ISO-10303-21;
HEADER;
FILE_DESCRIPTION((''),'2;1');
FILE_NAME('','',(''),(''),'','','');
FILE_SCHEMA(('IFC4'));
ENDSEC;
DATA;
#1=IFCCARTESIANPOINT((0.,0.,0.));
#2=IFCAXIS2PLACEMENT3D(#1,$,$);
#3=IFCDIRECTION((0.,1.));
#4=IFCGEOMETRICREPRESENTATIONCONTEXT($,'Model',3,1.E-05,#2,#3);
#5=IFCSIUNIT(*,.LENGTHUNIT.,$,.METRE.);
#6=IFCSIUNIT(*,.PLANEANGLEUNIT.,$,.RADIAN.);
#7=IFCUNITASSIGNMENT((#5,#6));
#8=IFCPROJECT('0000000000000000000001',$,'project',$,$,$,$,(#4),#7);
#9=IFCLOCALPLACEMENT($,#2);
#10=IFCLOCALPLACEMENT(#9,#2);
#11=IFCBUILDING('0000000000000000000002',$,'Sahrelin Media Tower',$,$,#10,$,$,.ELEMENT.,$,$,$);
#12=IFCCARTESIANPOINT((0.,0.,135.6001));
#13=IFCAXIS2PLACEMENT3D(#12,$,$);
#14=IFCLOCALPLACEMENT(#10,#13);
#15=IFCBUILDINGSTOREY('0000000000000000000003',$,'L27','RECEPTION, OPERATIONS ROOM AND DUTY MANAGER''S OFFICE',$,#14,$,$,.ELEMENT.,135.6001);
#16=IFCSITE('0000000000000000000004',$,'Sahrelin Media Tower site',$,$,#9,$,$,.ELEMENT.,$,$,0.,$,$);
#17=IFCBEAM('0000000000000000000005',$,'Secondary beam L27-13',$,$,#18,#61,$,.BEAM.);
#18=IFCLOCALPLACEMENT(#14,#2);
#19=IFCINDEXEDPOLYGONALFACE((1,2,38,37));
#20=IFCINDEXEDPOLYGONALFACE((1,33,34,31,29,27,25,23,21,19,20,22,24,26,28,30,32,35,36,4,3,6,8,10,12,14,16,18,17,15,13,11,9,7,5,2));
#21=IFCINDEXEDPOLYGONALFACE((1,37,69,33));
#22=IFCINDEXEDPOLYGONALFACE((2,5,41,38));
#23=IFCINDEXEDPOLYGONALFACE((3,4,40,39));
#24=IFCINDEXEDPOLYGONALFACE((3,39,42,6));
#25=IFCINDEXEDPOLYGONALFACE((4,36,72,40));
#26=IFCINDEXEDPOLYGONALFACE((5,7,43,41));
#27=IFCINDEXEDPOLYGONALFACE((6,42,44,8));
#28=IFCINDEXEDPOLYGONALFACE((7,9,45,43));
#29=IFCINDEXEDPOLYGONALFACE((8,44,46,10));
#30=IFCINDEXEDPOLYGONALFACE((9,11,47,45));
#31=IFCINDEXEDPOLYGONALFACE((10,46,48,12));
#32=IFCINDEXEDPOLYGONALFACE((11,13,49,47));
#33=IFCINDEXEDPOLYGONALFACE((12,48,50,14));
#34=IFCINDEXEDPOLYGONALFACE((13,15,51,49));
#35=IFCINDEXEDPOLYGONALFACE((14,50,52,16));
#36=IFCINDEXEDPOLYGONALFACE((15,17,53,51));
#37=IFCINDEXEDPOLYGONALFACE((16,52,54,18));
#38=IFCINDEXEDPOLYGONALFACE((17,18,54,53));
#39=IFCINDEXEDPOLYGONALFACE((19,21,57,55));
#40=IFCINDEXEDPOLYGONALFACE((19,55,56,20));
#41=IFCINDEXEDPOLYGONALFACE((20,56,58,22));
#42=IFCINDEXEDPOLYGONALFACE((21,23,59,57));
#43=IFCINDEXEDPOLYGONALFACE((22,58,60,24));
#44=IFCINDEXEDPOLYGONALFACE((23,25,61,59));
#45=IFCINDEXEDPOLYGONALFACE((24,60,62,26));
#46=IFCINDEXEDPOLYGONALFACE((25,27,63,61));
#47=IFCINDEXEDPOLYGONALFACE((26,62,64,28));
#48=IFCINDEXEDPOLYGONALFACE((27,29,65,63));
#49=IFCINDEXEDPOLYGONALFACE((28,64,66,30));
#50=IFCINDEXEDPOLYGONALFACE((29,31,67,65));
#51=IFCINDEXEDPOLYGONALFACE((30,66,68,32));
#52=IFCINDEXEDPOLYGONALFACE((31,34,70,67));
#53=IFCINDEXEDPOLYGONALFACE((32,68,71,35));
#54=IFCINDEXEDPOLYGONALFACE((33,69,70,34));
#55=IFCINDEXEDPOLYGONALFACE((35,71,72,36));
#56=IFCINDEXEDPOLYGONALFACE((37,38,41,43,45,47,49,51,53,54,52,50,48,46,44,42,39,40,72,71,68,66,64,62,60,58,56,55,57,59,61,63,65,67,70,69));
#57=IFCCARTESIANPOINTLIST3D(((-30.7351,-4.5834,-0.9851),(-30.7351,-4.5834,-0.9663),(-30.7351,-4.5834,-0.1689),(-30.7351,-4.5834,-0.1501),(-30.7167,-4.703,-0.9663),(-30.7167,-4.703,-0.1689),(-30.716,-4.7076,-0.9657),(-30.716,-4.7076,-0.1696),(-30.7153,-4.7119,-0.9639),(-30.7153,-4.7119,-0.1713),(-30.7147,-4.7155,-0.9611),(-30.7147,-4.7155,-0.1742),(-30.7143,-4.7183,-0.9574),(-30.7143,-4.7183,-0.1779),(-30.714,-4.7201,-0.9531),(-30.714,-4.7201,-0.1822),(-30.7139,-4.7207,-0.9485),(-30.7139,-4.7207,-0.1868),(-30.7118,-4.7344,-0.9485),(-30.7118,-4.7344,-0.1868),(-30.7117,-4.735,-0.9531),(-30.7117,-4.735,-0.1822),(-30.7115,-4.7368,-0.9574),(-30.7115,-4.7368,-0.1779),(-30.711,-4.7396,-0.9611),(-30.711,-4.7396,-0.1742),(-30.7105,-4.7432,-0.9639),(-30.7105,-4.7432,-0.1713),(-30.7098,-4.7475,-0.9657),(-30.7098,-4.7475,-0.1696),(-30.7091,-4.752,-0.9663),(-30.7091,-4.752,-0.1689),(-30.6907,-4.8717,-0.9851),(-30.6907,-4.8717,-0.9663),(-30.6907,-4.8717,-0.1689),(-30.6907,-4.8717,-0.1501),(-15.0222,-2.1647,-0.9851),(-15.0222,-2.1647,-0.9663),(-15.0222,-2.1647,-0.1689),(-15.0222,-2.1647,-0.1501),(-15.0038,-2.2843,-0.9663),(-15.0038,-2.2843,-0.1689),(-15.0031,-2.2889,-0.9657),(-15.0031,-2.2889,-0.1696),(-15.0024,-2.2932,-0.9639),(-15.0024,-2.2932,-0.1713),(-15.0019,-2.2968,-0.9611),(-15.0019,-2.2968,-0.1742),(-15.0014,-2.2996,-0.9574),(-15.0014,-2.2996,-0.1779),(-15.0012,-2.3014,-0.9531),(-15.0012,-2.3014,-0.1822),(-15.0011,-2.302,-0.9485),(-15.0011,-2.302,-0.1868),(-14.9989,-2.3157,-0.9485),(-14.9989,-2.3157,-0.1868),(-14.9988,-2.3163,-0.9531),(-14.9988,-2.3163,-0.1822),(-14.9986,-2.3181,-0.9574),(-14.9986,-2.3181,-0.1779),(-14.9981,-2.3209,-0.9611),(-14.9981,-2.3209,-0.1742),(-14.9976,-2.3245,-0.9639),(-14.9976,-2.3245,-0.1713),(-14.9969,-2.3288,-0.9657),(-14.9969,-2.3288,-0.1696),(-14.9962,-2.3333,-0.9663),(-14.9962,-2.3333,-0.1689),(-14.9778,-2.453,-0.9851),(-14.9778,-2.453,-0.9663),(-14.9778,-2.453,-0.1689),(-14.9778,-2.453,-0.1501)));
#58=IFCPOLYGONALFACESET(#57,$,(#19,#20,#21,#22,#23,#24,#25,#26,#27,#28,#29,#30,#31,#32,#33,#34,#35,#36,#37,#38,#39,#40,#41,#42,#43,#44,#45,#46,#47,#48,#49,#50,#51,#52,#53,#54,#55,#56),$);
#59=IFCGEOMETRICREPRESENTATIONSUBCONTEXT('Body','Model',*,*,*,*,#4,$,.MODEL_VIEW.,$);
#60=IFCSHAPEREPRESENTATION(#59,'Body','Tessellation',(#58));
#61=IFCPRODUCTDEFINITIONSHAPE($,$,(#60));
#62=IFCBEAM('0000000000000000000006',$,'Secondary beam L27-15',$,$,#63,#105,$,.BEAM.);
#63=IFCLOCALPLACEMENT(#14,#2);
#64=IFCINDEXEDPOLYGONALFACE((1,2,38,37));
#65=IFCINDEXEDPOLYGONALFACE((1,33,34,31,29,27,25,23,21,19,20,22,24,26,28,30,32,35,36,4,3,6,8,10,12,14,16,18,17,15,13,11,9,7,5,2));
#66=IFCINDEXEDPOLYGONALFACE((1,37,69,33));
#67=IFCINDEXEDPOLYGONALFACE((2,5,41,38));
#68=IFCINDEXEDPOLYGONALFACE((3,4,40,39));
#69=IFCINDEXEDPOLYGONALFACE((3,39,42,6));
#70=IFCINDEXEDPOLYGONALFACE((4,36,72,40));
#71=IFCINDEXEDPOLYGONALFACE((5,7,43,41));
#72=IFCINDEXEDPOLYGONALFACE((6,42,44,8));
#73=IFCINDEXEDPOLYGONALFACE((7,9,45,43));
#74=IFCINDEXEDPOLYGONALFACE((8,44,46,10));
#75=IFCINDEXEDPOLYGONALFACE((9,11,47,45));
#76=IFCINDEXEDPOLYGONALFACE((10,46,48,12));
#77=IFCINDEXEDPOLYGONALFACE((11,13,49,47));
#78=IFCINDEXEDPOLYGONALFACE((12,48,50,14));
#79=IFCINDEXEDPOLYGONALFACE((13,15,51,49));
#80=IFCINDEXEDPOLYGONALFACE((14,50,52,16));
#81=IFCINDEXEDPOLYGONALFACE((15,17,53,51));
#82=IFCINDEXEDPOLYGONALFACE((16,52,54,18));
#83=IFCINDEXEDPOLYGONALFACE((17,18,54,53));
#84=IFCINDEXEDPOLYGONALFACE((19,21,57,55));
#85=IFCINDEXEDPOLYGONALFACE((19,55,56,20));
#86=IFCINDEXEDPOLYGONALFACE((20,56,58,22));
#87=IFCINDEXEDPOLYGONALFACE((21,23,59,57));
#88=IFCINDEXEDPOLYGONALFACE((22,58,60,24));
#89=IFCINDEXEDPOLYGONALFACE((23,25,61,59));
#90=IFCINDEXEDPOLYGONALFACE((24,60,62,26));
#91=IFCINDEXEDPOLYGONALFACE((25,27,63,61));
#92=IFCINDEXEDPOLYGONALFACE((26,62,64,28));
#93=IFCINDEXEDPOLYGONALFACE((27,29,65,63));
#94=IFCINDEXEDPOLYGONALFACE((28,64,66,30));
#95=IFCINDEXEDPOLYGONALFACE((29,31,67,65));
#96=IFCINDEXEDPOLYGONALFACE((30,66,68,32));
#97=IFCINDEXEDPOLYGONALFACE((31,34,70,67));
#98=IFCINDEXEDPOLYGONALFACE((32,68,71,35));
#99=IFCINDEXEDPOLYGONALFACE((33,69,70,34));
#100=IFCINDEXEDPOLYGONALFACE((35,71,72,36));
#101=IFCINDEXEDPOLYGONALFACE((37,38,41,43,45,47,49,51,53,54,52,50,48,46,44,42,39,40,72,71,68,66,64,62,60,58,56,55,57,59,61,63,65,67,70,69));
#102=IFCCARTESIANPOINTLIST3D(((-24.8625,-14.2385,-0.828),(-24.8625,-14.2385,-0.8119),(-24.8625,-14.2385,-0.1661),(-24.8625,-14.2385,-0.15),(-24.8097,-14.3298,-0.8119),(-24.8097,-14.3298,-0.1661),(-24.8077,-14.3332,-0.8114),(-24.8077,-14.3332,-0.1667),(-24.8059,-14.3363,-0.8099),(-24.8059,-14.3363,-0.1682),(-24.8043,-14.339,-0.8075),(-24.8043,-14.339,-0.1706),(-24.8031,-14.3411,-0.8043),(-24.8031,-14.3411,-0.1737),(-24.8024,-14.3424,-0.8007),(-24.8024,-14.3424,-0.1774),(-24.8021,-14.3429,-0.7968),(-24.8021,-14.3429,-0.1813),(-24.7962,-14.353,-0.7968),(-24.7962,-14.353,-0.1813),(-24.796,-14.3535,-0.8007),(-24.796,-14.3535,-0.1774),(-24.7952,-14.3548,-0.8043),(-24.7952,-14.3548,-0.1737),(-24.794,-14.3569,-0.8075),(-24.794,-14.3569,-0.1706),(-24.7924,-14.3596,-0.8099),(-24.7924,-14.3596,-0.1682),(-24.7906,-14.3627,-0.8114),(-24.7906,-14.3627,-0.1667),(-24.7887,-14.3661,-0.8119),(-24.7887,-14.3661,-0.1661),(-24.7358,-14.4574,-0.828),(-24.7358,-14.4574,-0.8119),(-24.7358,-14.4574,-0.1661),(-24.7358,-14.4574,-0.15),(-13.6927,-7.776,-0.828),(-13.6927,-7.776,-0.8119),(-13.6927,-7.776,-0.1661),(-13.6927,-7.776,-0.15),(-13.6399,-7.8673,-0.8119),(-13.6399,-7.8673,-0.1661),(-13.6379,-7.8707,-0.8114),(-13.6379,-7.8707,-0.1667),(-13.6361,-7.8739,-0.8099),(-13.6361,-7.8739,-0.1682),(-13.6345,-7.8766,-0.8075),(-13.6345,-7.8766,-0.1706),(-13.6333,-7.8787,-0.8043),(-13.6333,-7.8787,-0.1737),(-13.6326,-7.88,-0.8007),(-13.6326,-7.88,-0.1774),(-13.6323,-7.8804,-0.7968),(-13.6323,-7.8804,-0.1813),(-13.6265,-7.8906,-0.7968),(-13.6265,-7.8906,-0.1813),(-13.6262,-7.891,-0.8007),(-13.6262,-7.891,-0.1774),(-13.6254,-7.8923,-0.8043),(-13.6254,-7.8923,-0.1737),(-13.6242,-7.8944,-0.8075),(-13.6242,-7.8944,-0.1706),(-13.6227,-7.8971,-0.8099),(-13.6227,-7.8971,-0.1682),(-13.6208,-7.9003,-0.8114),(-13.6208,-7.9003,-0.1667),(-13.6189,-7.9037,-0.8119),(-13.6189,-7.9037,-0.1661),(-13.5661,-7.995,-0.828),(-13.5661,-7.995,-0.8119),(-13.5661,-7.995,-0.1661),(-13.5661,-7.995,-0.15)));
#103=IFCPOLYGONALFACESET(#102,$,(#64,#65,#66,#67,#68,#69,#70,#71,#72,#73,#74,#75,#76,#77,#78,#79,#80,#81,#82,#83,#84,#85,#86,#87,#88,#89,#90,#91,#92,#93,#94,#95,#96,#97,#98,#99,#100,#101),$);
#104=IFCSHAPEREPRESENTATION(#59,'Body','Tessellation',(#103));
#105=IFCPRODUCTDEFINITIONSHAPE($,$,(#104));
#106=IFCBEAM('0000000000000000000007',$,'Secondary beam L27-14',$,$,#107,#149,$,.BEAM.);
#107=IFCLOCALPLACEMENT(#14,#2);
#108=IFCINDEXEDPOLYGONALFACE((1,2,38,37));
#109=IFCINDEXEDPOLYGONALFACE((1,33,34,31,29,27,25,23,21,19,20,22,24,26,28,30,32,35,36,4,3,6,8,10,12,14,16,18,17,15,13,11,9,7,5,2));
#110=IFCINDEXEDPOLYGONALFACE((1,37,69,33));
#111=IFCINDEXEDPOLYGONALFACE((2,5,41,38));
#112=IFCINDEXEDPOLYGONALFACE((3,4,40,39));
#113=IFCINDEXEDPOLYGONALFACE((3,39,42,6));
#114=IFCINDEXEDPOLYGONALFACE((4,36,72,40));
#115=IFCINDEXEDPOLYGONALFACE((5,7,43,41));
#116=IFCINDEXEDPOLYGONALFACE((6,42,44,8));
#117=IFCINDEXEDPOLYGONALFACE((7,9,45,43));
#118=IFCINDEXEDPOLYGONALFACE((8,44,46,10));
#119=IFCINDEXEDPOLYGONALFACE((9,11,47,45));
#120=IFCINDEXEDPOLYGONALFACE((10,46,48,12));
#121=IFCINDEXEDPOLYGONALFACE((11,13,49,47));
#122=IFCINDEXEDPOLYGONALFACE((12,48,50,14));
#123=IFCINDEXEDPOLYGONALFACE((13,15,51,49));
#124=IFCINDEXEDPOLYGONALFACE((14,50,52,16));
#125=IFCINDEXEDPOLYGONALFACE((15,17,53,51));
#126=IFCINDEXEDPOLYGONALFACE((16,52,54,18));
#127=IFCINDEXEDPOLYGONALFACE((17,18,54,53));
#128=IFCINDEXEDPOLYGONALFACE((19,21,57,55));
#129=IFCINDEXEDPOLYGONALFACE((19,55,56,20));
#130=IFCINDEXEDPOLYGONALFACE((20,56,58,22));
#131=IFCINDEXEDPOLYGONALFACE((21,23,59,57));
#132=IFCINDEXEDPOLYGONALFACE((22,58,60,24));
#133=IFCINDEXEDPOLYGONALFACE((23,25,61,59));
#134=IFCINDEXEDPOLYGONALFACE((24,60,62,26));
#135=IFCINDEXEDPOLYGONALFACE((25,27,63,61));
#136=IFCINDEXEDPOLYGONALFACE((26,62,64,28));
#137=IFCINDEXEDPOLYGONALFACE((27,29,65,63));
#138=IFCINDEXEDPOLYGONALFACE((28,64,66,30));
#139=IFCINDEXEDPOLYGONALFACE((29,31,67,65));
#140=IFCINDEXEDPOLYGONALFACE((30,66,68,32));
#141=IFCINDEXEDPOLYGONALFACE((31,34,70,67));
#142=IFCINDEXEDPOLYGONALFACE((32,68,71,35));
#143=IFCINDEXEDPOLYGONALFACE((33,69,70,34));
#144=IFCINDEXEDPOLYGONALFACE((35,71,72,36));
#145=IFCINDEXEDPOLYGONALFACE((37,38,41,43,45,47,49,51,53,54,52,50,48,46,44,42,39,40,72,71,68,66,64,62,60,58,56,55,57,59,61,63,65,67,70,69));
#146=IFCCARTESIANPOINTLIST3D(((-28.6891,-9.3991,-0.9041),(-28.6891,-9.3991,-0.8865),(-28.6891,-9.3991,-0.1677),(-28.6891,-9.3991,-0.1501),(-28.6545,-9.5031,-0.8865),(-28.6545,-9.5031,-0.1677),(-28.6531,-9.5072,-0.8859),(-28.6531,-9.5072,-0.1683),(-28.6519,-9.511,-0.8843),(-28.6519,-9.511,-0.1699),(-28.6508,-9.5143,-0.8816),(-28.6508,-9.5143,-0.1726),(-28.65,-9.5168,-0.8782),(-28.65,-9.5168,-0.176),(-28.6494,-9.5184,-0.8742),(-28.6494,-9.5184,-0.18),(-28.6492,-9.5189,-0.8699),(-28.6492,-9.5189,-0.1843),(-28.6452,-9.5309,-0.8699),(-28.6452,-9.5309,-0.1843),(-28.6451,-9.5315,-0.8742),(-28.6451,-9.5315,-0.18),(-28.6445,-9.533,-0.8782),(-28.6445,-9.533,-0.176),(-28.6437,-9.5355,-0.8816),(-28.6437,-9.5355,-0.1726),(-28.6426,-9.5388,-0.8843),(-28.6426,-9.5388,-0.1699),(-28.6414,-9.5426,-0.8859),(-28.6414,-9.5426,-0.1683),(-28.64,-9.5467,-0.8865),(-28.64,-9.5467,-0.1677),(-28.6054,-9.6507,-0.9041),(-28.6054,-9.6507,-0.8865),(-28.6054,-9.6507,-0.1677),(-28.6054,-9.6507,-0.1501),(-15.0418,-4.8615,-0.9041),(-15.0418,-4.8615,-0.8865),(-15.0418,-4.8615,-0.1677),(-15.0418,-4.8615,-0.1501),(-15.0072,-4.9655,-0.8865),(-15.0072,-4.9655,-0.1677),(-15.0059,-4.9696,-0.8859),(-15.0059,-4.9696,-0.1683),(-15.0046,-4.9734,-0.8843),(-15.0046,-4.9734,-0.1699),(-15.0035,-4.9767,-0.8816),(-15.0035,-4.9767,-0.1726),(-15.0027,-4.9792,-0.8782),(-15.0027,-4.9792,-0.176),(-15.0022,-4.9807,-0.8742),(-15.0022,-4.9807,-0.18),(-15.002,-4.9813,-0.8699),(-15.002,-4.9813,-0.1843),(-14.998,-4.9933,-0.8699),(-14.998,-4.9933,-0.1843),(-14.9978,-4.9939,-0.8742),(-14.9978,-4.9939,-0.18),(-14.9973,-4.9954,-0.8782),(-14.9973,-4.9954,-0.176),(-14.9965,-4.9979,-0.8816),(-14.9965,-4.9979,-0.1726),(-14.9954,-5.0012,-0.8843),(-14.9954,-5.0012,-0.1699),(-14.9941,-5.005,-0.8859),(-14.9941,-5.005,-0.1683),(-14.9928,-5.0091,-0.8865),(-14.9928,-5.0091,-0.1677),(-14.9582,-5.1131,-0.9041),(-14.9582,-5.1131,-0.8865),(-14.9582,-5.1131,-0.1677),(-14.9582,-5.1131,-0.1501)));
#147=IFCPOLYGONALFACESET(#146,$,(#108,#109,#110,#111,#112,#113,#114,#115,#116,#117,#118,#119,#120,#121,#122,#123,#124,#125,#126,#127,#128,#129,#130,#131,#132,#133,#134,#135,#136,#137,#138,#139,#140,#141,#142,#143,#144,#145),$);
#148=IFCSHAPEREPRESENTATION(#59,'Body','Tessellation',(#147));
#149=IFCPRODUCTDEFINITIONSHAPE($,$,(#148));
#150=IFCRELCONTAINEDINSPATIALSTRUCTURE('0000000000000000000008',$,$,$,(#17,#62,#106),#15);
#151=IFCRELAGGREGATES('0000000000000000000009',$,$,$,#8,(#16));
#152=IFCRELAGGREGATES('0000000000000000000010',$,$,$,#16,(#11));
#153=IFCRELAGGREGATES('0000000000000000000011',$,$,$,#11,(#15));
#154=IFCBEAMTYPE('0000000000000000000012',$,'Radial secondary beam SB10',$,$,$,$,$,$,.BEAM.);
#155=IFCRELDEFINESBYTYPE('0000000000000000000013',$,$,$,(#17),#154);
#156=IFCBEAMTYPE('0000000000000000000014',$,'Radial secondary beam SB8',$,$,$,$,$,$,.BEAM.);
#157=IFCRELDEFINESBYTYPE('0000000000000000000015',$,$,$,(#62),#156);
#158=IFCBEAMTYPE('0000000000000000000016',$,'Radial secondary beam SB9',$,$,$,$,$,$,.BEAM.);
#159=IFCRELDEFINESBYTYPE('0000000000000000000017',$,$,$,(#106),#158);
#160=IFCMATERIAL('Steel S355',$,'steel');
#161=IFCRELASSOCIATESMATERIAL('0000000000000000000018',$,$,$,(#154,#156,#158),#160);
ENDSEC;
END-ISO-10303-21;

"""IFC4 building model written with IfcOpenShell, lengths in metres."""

from ifc_helpers import new_model, si_unit, direction, frame, origin, origin_2d, place, context, subcontext, project, spatial, i_section, extrude, material, material_profile, profile_set, type_object, element, save


model = new_model("IFC4")

# Units and contexts
model_context = context("Model", 3, precision=1e-05, world=origin(), true_north=direction((0.0, 1.0)))
body_context = subcontext(model_context, "Body", "Model", "MODEL_VIEW")
ifc_project = project(units=[si_unit("LENGTHUNIT", "METRE"), si_unit("PLANEANGLEUNIT", "RADIAN")], contexts=[model_context])

# Site, building, storey
site_placement = place(None, origin())
site = spatial("IfcSite", under=ifc_project, at=site_placement, Name="Sahrelin Media Tower site", CompositionType="ELEMENT", RefElevation=0.0)
building_placement = place(site_placement, origin())
building = spatial("IfcBuilding", under=site, at=building_placement, Name="Sahrelin Media Tower", CompositionType="ELEMENT")
storey_placement = place(building_placement, frame((0.0, 0.0, 135.6001)))
storey = spatial("IfcBuildingStorey", under=building, at=storey_placement, Name="L27", Description="RECEPTION, OPERATIONS ROOM AND DUTY MANAGER'S OFFICE", CompositionType="ELEMENT", Elevation=135.6001)

# Beams
ifc_material_1 = material(Name="Steel S355", Category="steel")
ifc_material_profile_1 = material_profile(ifc_material_1, i_section(OverallWidth=0.2917, OverallDepth=0.835, WebThickness=0.0139, FlangeThickness=0.0188, FilletRadius=0.0178, at=origin_2d()), Name="UB 838x292x176")
ifc_profile_set_1 = profile_set([ifc_material_profile_1], Name="Steel S355")
beam_type_1 = type_object("IfcBeamType", Name="Radial secondary beam SB10", PredefinedType="BEAM", material=ifc_profile_set_1)
beam_1_placement = place(storey_placement, frame((-15.0, -2.3088, -0.5676), z_axis=(-0.988359, -0.152139, 0.0), x_axis=(0.152139, -0.988359, 0.0)))
element("IfcBeam", 1, at=beam_1_placement, inside=storey, type_object=beam_type_1, Name="Secondary beam L27-13", PredefinedType="BEAM", context=body_context, shape_type="SweptSolid", body=[
    extrude(i_section(OverallWidth=0.2917, OverallDepth=0.835, WebThickness=0.0139, FlangeThickness=0.0188, FilletRadius=0.0178, at=origin_2d()), origin(), (0.0, 0.0, 1.0), 15.8979),
])
ifc_material_profile_2 = material_profile(ifc_material_1, i_section(OverallWidth=0.2529, OverallDepth=0.678, WebThickness=0.0117, FlangeThickness=0.0161, FilletRadius=0.0151, at=origin_2d()), Name="UB 686x254x125")
ifc_profile_set_2 = profile_set([ifc_material_profile_2], Name="Steel S355")
beam_type_2 = type_object("IfcBeamType", Name="Radial secondary beam SB8", PredefinedType="BEAM", material=ifc_profile_set_2)
beam_2_placement = place(storey_placement, frame((-13.6294, -7.8855, -0.489), z_axis=(-0.865569, -0.500789, 0.0), x_axis=(0.500789, -0.865569, 0.0)))
element("IfcBeam", 2, at=beam_2_placement, inside=storey, type_object=beam_type_2, Name="Secondary beam L27-15", PredefinedType="BEAM", context=body_context, shape_type="SweptSolid", body=[
    extrude(i_section(OverallWidth=0.2529, OverallDepth=0.678, WebThickness=0.0117, FlangeThickness=0.0161, FilletRadius=0.0151, at=origin_2d()), origin(), (0.0, 0.0, 1.0), 12.9045),
])
ifc_material_profile_3 = material_profile(ifc_material_1, i_section(OverallWidth=0.2651, OverallDepth=0.7539, WebThickness=0.0127, FlangeThickness=0.0176, FilletRadius=0.0166, at=origin_2d()), Name="UB 762x267x147")
ifc_profile_set_3 = profile_set([ifc_material_profile_3], Name="Steel S355")
beam_type_3 = type_object("IfcBeamType", Name="Radial secondary beam SB9", PredefinedType="BEAM", material=ifc_profile_set_3)
beam_3_placement = place(storey_placement, frame((-15.0, -4.9873, -0.5271), z_axis=(-0.948922, -0.31551, 0.0), x_axis=(0.31551, -0.948922, 0.0)))
element("IfcBeam", 3, at=beam_3_placement, inside=storey, type_object=beam_type_3, Name="Secondary beam L27-14", PredefinedType="BEAM", context=body_context, shape_type="SweptSolid", body=[
    extrude(i_section(OverallWidth=0.2651, OverallDepth=0.7539, WebThickness=0.0127, FlangeThickness=0.0176, FilletRadius=0.0166, at=origin_2d()), origin(), (0.0, 0.0, 1.0), 14.3818),
])

save(model, "model.ifc")
